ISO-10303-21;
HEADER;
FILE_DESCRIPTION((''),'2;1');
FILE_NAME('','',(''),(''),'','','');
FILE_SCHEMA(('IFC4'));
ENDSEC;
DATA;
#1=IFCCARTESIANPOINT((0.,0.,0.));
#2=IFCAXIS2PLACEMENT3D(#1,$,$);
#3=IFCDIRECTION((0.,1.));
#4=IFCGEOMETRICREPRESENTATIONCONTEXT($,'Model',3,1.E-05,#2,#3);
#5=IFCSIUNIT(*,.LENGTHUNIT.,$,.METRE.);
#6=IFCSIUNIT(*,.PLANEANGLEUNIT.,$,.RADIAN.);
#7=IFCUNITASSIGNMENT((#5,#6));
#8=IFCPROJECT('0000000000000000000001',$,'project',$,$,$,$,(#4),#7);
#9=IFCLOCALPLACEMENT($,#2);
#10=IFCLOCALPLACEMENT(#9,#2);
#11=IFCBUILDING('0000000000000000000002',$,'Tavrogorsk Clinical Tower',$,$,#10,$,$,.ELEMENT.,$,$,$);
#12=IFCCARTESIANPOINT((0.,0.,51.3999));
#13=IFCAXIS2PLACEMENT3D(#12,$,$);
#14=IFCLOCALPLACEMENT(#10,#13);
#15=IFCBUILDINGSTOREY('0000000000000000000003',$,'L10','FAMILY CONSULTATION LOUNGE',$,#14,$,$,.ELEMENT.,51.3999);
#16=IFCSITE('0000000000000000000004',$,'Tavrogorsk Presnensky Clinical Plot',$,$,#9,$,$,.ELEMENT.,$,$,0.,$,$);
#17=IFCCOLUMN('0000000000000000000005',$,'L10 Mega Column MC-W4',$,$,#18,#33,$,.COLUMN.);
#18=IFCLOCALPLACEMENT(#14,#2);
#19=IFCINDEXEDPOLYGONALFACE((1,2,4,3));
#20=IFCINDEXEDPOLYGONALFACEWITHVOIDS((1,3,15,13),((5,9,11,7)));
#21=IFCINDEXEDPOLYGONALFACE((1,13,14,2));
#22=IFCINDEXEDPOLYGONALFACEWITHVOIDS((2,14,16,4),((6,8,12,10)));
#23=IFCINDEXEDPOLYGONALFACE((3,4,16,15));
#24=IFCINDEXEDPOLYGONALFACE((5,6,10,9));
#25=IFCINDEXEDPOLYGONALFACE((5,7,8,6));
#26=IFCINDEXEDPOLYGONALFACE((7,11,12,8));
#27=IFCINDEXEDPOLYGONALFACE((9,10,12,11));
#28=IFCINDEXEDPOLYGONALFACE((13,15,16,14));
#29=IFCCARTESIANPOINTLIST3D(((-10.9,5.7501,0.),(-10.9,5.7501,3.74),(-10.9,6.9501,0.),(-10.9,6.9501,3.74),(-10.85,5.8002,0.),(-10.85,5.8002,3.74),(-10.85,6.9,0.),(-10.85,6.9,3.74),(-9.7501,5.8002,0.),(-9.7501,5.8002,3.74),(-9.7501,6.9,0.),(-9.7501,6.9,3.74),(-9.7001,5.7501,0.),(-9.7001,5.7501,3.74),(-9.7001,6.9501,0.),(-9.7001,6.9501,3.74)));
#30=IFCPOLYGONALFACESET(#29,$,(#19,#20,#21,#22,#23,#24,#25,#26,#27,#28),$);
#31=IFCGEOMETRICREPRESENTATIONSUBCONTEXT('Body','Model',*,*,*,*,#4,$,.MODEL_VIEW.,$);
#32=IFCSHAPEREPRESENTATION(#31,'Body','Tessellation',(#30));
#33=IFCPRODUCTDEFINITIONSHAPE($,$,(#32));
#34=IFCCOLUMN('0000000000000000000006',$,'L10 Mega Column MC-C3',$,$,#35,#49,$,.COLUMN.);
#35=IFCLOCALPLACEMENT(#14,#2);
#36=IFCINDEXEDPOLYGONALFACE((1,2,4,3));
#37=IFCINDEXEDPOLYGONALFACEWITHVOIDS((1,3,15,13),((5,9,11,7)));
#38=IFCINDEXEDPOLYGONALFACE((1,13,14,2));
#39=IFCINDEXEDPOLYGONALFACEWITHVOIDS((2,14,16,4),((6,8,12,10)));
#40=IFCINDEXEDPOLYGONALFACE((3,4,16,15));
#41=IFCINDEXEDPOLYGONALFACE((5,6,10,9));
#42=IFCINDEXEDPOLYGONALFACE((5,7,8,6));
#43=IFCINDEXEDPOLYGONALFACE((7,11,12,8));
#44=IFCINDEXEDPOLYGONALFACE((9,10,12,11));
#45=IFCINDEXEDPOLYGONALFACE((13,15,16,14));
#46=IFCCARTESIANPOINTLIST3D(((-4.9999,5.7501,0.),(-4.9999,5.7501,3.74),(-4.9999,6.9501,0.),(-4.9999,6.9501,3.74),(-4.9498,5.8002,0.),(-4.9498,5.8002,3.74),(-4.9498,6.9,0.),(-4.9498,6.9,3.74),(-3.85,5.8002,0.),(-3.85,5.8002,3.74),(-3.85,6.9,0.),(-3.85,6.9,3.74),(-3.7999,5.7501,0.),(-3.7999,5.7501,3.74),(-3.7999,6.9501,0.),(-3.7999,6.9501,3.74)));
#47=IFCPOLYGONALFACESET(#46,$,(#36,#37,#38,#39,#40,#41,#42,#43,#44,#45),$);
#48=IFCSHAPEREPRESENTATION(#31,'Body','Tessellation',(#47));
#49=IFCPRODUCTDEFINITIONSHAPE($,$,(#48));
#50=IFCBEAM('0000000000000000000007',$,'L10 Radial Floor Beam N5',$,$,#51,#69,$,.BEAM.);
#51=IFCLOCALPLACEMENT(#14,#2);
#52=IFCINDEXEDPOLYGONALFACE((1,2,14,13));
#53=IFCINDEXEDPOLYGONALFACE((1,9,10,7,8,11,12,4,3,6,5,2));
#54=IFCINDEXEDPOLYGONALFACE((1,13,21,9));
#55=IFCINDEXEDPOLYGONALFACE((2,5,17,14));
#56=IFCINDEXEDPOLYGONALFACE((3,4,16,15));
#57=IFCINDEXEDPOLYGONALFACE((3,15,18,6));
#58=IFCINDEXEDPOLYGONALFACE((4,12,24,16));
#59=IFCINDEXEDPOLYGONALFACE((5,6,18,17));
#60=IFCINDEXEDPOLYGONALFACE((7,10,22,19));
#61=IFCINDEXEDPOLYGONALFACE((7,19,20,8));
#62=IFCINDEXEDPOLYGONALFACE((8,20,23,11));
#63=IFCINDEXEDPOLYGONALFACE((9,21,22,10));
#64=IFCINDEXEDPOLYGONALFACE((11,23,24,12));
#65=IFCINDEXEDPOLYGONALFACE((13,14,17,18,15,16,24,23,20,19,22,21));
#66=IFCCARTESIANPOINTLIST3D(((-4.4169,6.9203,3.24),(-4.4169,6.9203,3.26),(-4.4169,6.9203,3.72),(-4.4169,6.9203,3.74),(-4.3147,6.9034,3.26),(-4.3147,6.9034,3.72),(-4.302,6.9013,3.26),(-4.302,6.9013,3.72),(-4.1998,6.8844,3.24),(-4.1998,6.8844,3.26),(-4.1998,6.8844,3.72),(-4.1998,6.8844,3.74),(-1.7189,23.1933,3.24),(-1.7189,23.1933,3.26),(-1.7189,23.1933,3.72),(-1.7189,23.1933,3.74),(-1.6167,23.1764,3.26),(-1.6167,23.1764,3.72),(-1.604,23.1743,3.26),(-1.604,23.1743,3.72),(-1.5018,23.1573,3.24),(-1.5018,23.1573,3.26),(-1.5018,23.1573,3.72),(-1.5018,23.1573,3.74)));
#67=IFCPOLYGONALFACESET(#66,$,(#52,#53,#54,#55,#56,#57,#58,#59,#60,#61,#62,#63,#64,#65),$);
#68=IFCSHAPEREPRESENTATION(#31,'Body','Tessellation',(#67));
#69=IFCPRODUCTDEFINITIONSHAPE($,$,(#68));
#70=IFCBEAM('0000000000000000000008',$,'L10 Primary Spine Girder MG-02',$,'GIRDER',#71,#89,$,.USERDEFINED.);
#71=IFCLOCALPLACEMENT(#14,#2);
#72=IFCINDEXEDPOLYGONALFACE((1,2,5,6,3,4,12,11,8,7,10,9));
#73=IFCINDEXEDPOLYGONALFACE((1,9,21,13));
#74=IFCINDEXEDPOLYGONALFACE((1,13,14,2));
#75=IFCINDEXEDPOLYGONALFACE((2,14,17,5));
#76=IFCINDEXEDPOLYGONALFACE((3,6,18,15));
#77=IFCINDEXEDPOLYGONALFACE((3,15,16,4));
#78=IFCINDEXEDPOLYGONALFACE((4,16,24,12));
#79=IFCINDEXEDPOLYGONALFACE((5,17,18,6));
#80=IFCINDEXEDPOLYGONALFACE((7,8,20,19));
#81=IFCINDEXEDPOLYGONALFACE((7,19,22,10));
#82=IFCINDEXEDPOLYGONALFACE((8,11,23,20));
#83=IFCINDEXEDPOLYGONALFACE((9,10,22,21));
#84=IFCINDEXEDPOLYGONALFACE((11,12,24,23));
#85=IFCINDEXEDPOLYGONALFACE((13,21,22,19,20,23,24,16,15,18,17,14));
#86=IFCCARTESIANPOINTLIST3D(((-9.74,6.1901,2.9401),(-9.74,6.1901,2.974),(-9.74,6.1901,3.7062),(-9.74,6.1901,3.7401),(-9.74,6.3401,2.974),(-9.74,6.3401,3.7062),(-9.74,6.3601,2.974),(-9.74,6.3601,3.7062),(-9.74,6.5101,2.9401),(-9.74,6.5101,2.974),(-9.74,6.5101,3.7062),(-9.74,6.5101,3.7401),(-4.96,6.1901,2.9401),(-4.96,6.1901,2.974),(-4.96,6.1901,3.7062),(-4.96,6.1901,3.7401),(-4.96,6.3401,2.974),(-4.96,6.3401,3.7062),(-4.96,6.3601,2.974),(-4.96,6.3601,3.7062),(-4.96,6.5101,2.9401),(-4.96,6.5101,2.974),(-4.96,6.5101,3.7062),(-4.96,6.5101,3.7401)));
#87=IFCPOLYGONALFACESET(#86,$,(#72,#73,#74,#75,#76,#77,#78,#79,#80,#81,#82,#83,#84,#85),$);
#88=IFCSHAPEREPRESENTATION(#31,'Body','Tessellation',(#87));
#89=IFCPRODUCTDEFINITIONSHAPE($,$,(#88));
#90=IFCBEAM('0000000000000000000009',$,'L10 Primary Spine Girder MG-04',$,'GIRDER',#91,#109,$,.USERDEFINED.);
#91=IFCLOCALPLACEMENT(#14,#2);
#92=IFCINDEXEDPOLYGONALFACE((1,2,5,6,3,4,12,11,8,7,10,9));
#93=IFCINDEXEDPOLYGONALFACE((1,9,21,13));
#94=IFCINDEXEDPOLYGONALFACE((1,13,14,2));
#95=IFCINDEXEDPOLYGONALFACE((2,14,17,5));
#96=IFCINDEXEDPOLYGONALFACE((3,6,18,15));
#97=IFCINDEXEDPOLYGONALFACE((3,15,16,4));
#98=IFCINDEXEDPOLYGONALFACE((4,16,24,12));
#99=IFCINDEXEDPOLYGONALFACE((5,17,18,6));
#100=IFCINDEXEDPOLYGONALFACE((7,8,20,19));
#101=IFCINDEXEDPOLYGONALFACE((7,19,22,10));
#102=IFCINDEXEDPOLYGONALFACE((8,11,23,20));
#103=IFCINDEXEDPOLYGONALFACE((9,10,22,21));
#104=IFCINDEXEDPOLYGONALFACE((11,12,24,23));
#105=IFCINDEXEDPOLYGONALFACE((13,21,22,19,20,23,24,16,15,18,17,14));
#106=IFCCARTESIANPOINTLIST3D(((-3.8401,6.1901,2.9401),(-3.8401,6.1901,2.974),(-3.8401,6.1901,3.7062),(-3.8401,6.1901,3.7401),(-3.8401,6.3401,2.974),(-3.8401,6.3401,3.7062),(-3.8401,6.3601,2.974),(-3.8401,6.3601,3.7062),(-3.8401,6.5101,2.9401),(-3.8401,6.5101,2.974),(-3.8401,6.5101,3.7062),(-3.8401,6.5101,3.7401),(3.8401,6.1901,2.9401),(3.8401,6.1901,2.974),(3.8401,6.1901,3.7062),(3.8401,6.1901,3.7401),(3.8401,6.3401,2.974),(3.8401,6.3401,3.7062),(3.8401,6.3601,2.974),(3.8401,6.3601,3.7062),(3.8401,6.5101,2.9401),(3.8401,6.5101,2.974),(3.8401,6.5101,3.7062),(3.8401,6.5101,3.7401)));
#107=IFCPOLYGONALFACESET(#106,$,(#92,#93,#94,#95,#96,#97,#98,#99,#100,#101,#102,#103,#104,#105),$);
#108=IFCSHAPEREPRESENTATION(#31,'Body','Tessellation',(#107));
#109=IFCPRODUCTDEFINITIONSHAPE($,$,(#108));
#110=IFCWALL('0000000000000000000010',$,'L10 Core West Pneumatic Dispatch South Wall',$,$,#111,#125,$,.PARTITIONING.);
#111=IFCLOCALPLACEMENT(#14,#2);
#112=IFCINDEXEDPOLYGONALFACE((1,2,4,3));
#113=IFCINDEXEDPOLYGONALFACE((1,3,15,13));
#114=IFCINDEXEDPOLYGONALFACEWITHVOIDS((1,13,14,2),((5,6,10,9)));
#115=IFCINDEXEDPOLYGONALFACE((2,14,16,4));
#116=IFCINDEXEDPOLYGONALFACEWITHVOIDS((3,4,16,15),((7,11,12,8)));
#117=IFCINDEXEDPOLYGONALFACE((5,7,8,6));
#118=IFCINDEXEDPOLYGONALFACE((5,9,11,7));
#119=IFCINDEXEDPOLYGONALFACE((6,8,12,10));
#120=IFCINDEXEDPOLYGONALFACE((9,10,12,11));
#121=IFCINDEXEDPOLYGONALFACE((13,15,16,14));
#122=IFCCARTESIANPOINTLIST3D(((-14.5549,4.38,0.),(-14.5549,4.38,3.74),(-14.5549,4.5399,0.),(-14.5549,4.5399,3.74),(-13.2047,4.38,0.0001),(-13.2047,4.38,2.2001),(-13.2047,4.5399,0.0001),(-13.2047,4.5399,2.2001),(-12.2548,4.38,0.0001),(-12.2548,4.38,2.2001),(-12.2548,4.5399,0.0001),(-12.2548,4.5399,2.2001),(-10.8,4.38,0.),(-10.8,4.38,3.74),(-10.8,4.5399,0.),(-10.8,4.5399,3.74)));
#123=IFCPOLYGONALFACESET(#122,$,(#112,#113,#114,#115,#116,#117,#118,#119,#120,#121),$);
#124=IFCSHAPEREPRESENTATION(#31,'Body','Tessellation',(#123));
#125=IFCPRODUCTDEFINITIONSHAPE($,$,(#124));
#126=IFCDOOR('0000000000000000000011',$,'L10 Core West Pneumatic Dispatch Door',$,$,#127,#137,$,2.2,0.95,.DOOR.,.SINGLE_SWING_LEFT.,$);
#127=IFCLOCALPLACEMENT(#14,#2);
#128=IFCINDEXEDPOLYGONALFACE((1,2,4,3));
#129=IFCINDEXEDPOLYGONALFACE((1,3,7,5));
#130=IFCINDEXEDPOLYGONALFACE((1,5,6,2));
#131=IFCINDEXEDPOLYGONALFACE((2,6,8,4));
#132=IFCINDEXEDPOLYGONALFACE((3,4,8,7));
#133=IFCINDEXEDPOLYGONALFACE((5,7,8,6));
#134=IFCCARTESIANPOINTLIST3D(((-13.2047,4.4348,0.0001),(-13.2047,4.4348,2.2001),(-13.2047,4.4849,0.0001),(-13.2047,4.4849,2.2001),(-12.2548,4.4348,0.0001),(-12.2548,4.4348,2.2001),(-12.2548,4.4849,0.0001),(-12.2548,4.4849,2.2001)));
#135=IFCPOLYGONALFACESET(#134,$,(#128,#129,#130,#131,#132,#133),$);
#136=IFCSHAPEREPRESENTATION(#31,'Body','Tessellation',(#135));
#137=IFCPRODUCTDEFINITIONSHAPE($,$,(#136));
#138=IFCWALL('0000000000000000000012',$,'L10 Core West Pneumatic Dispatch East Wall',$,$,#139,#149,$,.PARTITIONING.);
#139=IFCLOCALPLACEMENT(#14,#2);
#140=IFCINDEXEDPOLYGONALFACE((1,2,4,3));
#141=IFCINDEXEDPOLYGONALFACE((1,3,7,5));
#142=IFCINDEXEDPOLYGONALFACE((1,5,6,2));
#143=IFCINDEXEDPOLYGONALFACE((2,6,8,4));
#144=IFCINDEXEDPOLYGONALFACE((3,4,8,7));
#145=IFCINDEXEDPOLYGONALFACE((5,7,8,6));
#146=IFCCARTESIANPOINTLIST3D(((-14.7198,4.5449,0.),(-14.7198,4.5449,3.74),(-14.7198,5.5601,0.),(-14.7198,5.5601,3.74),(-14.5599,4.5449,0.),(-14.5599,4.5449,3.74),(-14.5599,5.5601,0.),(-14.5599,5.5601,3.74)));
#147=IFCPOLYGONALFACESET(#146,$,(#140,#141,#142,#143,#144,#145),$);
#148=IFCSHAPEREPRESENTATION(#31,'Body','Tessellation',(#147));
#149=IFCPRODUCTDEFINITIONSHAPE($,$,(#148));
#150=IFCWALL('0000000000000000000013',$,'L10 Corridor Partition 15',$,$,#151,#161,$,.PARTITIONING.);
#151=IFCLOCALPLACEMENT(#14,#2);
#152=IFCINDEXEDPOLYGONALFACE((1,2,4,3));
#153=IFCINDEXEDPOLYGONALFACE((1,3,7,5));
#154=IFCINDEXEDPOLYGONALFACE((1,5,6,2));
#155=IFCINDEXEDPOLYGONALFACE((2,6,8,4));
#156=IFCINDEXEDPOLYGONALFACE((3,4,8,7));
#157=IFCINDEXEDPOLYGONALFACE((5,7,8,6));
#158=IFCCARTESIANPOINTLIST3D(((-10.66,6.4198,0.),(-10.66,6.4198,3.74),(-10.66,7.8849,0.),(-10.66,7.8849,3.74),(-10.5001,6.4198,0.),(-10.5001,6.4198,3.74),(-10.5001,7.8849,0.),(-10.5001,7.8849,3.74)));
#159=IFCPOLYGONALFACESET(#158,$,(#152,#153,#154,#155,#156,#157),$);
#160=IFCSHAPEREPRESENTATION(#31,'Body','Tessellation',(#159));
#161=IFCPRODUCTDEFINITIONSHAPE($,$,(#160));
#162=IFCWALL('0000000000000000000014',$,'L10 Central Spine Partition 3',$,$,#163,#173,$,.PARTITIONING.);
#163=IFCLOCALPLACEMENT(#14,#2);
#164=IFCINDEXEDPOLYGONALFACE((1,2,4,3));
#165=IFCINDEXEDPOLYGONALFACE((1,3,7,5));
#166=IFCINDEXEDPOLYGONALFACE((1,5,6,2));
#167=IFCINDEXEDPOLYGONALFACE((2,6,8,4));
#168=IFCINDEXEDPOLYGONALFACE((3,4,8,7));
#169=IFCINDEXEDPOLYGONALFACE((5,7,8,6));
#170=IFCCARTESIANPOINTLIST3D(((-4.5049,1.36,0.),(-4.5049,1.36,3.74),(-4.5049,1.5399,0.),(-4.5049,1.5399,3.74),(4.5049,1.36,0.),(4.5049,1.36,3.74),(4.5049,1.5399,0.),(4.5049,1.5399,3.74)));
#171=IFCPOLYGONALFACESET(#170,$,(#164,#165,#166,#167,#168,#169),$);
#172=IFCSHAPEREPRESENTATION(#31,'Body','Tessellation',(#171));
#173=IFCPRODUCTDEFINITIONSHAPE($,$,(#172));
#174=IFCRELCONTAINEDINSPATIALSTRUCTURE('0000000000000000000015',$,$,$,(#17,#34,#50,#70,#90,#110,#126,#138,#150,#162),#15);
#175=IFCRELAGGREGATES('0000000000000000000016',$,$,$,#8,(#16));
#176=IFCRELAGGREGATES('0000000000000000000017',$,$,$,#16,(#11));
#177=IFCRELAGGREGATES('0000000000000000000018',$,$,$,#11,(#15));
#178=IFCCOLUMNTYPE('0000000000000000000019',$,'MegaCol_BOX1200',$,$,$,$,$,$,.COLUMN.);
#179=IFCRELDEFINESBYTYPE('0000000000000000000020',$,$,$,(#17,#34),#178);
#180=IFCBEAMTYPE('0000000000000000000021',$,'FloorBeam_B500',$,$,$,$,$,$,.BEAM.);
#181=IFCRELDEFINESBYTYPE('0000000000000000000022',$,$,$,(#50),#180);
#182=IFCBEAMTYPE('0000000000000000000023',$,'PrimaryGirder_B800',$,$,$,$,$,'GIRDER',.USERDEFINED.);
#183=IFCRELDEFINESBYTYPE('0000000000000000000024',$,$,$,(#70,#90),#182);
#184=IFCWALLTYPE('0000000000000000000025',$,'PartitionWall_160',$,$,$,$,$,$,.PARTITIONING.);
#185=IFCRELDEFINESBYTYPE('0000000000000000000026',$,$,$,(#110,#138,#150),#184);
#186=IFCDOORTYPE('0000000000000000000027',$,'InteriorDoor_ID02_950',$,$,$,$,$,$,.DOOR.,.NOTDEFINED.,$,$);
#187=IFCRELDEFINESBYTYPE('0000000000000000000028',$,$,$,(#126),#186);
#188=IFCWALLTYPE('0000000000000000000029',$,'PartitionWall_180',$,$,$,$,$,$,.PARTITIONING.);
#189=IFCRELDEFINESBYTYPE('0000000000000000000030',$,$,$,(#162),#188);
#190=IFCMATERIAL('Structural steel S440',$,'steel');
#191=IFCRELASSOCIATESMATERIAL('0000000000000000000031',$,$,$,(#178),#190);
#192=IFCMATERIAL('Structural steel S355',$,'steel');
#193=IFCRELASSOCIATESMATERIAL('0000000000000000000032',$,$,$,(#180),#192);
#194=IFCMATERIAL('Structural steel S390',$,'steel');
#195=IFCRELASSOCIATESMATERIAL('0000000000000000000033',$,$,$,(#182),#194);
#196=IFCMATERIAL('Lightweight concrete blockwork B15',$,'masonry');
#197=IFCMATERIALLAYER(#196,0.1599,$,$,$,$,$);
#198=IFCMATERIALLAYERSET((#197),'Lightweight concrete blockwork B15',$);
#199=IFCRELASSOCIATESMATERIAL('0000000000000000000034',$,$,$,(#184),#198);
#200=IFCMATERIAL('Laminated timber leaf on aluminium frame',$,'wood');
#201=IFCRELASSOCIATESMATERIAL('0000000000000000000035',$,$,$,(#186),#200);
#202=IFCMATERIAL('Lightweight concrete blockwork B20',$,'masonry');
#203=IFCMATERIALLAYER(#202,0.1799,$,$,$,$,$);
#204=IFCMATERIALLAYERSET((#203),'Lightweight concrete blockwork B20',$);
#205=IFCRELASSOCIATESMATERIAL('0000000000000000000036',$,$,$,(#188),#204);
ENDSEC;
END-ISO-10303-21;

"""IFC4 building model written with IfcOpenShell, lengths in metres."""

from ifc_helpers import new_model, si_unit, direction, frame, frame_2d, origin, origin_2d, place, context, subcontext, project, spatial, rectangle, hollow_rectangle, i_section, extrude, material, layer, layer_set, material_profile, profile_set, type_object, element, fill, save


model = new_model("IFC4")

# Units and contexts
model_context = context("Model", 3, precision=1e-05, world=origin(), true_north=direction((0.0, 1.0)))
body_context = subcontext(model_context, "Body", "Model", "MODEL_VIEW")
ifc_project = project(units=[si_unit("LENGTHUNIT", "METRE"), si_unit("PLANEANGLEUNIT", "RADIAN")], contexts=[model_context])

# Site, building, storey
site_placement = place(None, origin())
site = spatial("IfcSite", under=ifc_project, at=site_placement, Name="Tavrogorsk Presnensky Clinical Plot", CompositionType="ELEMENT", RefElevation=0.0)
building_placement = place(site_placement, origin())
building = spatial("IfcBuilding", under=site, at=building_placement, Name="Tavrogorsk Clinical Tower", CompositionType="ELEMENT")
storey_placement = place(building_placement, frame((0.0, 0.0, 51.3999)))
storey = spatial("IfcBuildingStorey", under=building, at=storey_placement, Name="L10", Description="FAMILY CONSULTATION LOUNGE", CompositionType="ELEMENT", Elevation=51.3999)

# Columns
ifc_material_1 = material(Name="Structural steel S440", Category="steel")
ifc_material_profile_1 = material_profile(ifc_material_1, hollow_rectangle(XDim=1.2, YDim=1.2, WallThickness=0.05, at=origin_2d()), Name="BOX-1200x1200x50")
ifc_profile_set_1 = profile_set([ifc_material_profile_1], Name="Structural steel S440")
column_type = type_object("IfcColumnType", Name="MegaCol_BOX1200", PredefinedType="COLUMN", material=ifc_profile_set_1)
for number, where, z_axis, x_axis, name in (
    (1, (-10.3, 6.3501, 0.0), (0.0, 0.0, 1.0), (1.0, 0.0, 0.0), "L10 Mega Column MC-W4"),
    (2, (-4.3999, 6.3501, 0.0), (0.0, 0.0, 1.0), (1.0, 0.0, 0.0), "L10 Mega Column MC-C3"),
):
    element("IfcColumn", number, at=place(storey_placement, frame(where, z_axis=z_axis, x_axis=x_axis)), inside=storey, type_object=column_type, Name=name, PredefinedType="COLUMN", context=body_context, shape_type="SweptSolid", body=[
        extrude(hollow_rectangle(XDim=1.2, YDim=1.2, WallThickness=0.05, at=origin_2d()), origin(), (0.0, 0.0, 1.0), 3.74),
    ])

# Beams
ifc_material_2 = material(Name="Structural steel S355", Category="steel")
ifc_material_profile_2 = material_profile(ifc_material_2, i_section(OverallWidth=0.22, OverallDepth=0.5, WebThickness=0.0129, FlangeThickness=0.02, at=origin_2d()), Name="B-500x220x13x20")
ifc_profile_set_2 = profile_set([ifc_material_profile_2], Name="Structural steel S355")
beam_type_1 = type_object("IfcBeamType", Name="FloorBeam_B500", PredefinedType="BEAM", material=ifc_profile_set_2)
beam_1_placement = place(storey_placement, frame((-4.3083, 6.9023, 3.49), z_axis=(0.163564, 0.986533, 0.0), x_axis=(-0.986533, 0.163564, 0.0)))
element("IfcBeam", 3, at=beam_1_placement, inside=storey, type_object=beam_type_1, Name="L10 Radial Floor Beam N5", PredefinedType="BEAM", context=body_context, shape_type="SweptSolid", body=[
    extrude(i_section(OverallWidth=0.22, OverallDepth=0.5, WebThickness=0.0129, FlangeThickness=0.02, at=origin_2d()), origin(), (0.0, 0.0, 1.0), 16.4951),
])
ifc_material_3 = material(Name="Structural steel S390", Category="steel")
ifc_material_profile_3 = material_profile(ifc_material_3, i_section(OverallWidth=0.3201, OverallDepth=0.8, WebThickness=0.02, FlangeThickness=0.0339, at=origin_2d()), Name="B-800x320x20x34")
ifc_profile_set_3 = profile_set([ifc_material_profile_3], Name="Structural steel S390")
beam_type_2 = type_object("IfcBeamType", Name="PrimaryGirder_B800", ElementType="GIRDER", PredefinedType="USERDEFINED", material=ifc_profile_set_3)
beam_2_placement = place(storey_placement, frame((-9.74, 6.3501, 3.3401), z_axis=(1.0, 0.0, 0.0), x_axis=(0.0, 1.0, 0.0)))
element("IfcBeam", 4, at=beam_2_placement, inside=storey, type_object=beam_type_2, Name="L10 Primary Spine Girder MG-02", ObjectType="GIRDER", PredefinedType="USERDEFINED", context=body_context, shape_type="SweptSolid", body=[
    extrude(i_section(OverallWidth=0.3201, OverallDepth=0.8, WebThickness=0.02, FlangeThickness=0.0339, at=origin_2d()), origin(), (0.0, 0.0, 1.0), 4.78),
])
beam_3_placement = place(storey_placement, frame((-3.8401, 6.3501, 3.3401), z_axis=(1.0, 0.0, 0.0), x_axis=(0.0, 1.0, 0.0)))
element("IfcBeam", 5, at=beam_3_placement, inside=storey, type_object=beam_type_2, Name="L10 Primary Spine Girder MG-04", ObjectType="GIRDER", PredefinedType="USERDEFINED", context=body_context, shape_type="SweptSolid", body=[
    extrude(i_section(OverallWidth=0.3201, OverallDepth=0.8, WebThickness=0.02, FlangeThickness=0.0339, at=origin_2d()), origin(), (0.0, 0.0, 1.0), 7.6802),
])

# Wall, opening, door
ifc_material_4 = material(Name="Lightweight concrete blockwork B15", Category="masonry")
ifc_layer_1 = layer(ifc_material_4, 0.1599)
ifc_layer_set_1 = layer_set([ifc_layer_1], Name="Lightweight concrete blockwork B15")
wall_type_1 = type_object("IfcWallType", Name="PartitionWall_160", PredefinedType="PARTITIONING", material=ifc_layer_set_1)
wall_1_placement = place(storey_placement, frame((-14.5549, 4.46, 0.0), z_axis=(0.0, 0.0, 1.0), x_axis=(1.0, 0.0, 0.0)))
wall_1 = element("IfcWall", 6, at=wall_1_placement, inside=storey, type_object=wall_type_1, Name="L10 Core West Pneumatic Dispatch South Wall", PredefinedType="PARTITIONING", context=body_context, shape_type="SweptSolid", body=[
    extrude(rectangle(XDim=3.7549, YDim=0.1599, at=frame_2d((1.8774, 0.0))), origin(), (0.0, 0.0, 1.0), 3.74),
])
opening_1_placement = place(wall_1_placement, frame((1.3501, 0.0, 0.0)))
opening_1 = element("IfcOpeningElement", 7, at=opening_1_placement, cuts=wall_1, PredefinedType="OPENING", context=body_context, shape_type="SweptSolid", body=[
    extrude(rectangle(XDim=0.95, YDim=2.2, at=frame_2d((0.4751, 1.1001))), frame((0.0, 0.0898, 0.0), z_axis=(0.0, -1.0, 0.0), x_axis=(1.0, 0.0, 0.0)), (0.0, 0.0, 1.0), 0.1799),
])
ifc_material_5 = material(Name="Laminated timber leaf on aluminium frame", Category="wood")
door_type_1 = type_object("IfcDoorType", Name="InteriorDoor_ID02_950", OperationType="NOTDEFINED", PredefinedType="DOOR", material=ifc_material_5)
door_1_placement = place(opening_1_placement, origin())
door_1 = element("IfcDoor", 8, at=door_1_placement, inside=storey, type_object=door_type_1, Name="L10 Core West Pneumatic Dispatch Door", OperationType="SINGLE_SWING_LEFT", OverallHeight=2.2, OverallWidth=0.95, PredefinedType="DOOR", context=body_context, shape_type="SweptSolid", body=[
    extrude(rectangle(XDim=0.95, YDim=2.2, at=frame_2d((0.4751, 1.1001))), frame((0.0, 0.0249, 0.0), z_axis=(0.0, -1.0, 0.0), x_axis=(1.0, 0.0, 0.0)), (0.0, 0.0, 1.0), 0.05),
])
fill(opening_1, door_1)

# Walls
wall_2_placement = place(storey_placement, frame((-14.6399, 4.5449, 0.0), z_axis=(0.0, 0.0, 1.0), x_axis=(0.0, 1.0, 0.0)))
element("IfcWall", 9, at=wall_2_placement, inside=storey, type_object=wall_type_1, Name="L10 Core West Pneumatic Dispatch East Wall", PredefinedType="PARTITIONING", context=body_context, shape_type="SweptSolid", body=[
    extrude(rectangle(XDim=1.0151, YDim=0.1599, at=frame_2d((0.5076, 0.0))), origin(), (0.0, 0.0, 1.0), 3.74),
])
wall_3_placement = place(storey_placement, frame((-10.5801, 6.4199, 0.0), z_axis=(0.0, 0.0, 1.0), x_axis=(0.0, 1.0, 0.0)))
element("IfcWall", 10, at=wall_3_placement, inside=storey, type_object=wall_type_1, Name="L10 Corridor Partition 15", PredefinedType="PARTITIONING", context=body_context, shape_type="SweptSolid", body=[
    extrude(rectangle(XDim=1.4651, YDim=0.1599, at=frame_2d((0.7324, 0.0))), origin(), (0.0, 0.0, 1.0), 3.74),
])
ifc_material_6 = material(Name="Lightweight concrete blockwork B20", Category="masonry")
ifc_layer_2 = layer(ifc_material_6, 0.1799)
ifc_layer_set_2 = layer_set([ifc_layer_2], Name="Lightweight concrete blockwork B20")
wall_type_2 = type_object("IfcWallType", Name="PartitionWall_180", PredefinedType="PARTITIONING", material=ifc_layer_set_2)
wall_4_placement = place(storey_placement, frame((-4.5049, 1.45, 0.0), z_axis=(0.0, 0.0, 1.0), x_axis=(1.0, 0.0, 0.0)))
element("IfcWall", 11, at=wall_4_placement, inside=storey, type_object=wall_type_2, Name="L10 Central Spine Partition 3", PredefinedType="PARTITIONING", context=body_context, shape_type="SweptSolid", body=[
    extrude(rectangle(XDim=9.0098, YDim=0.1799, at=frame_2d((4.5049, 0.0))), origin(), (0.0, 0.0, 1.0), 3.74),
])

save(model, "model.ifc")
